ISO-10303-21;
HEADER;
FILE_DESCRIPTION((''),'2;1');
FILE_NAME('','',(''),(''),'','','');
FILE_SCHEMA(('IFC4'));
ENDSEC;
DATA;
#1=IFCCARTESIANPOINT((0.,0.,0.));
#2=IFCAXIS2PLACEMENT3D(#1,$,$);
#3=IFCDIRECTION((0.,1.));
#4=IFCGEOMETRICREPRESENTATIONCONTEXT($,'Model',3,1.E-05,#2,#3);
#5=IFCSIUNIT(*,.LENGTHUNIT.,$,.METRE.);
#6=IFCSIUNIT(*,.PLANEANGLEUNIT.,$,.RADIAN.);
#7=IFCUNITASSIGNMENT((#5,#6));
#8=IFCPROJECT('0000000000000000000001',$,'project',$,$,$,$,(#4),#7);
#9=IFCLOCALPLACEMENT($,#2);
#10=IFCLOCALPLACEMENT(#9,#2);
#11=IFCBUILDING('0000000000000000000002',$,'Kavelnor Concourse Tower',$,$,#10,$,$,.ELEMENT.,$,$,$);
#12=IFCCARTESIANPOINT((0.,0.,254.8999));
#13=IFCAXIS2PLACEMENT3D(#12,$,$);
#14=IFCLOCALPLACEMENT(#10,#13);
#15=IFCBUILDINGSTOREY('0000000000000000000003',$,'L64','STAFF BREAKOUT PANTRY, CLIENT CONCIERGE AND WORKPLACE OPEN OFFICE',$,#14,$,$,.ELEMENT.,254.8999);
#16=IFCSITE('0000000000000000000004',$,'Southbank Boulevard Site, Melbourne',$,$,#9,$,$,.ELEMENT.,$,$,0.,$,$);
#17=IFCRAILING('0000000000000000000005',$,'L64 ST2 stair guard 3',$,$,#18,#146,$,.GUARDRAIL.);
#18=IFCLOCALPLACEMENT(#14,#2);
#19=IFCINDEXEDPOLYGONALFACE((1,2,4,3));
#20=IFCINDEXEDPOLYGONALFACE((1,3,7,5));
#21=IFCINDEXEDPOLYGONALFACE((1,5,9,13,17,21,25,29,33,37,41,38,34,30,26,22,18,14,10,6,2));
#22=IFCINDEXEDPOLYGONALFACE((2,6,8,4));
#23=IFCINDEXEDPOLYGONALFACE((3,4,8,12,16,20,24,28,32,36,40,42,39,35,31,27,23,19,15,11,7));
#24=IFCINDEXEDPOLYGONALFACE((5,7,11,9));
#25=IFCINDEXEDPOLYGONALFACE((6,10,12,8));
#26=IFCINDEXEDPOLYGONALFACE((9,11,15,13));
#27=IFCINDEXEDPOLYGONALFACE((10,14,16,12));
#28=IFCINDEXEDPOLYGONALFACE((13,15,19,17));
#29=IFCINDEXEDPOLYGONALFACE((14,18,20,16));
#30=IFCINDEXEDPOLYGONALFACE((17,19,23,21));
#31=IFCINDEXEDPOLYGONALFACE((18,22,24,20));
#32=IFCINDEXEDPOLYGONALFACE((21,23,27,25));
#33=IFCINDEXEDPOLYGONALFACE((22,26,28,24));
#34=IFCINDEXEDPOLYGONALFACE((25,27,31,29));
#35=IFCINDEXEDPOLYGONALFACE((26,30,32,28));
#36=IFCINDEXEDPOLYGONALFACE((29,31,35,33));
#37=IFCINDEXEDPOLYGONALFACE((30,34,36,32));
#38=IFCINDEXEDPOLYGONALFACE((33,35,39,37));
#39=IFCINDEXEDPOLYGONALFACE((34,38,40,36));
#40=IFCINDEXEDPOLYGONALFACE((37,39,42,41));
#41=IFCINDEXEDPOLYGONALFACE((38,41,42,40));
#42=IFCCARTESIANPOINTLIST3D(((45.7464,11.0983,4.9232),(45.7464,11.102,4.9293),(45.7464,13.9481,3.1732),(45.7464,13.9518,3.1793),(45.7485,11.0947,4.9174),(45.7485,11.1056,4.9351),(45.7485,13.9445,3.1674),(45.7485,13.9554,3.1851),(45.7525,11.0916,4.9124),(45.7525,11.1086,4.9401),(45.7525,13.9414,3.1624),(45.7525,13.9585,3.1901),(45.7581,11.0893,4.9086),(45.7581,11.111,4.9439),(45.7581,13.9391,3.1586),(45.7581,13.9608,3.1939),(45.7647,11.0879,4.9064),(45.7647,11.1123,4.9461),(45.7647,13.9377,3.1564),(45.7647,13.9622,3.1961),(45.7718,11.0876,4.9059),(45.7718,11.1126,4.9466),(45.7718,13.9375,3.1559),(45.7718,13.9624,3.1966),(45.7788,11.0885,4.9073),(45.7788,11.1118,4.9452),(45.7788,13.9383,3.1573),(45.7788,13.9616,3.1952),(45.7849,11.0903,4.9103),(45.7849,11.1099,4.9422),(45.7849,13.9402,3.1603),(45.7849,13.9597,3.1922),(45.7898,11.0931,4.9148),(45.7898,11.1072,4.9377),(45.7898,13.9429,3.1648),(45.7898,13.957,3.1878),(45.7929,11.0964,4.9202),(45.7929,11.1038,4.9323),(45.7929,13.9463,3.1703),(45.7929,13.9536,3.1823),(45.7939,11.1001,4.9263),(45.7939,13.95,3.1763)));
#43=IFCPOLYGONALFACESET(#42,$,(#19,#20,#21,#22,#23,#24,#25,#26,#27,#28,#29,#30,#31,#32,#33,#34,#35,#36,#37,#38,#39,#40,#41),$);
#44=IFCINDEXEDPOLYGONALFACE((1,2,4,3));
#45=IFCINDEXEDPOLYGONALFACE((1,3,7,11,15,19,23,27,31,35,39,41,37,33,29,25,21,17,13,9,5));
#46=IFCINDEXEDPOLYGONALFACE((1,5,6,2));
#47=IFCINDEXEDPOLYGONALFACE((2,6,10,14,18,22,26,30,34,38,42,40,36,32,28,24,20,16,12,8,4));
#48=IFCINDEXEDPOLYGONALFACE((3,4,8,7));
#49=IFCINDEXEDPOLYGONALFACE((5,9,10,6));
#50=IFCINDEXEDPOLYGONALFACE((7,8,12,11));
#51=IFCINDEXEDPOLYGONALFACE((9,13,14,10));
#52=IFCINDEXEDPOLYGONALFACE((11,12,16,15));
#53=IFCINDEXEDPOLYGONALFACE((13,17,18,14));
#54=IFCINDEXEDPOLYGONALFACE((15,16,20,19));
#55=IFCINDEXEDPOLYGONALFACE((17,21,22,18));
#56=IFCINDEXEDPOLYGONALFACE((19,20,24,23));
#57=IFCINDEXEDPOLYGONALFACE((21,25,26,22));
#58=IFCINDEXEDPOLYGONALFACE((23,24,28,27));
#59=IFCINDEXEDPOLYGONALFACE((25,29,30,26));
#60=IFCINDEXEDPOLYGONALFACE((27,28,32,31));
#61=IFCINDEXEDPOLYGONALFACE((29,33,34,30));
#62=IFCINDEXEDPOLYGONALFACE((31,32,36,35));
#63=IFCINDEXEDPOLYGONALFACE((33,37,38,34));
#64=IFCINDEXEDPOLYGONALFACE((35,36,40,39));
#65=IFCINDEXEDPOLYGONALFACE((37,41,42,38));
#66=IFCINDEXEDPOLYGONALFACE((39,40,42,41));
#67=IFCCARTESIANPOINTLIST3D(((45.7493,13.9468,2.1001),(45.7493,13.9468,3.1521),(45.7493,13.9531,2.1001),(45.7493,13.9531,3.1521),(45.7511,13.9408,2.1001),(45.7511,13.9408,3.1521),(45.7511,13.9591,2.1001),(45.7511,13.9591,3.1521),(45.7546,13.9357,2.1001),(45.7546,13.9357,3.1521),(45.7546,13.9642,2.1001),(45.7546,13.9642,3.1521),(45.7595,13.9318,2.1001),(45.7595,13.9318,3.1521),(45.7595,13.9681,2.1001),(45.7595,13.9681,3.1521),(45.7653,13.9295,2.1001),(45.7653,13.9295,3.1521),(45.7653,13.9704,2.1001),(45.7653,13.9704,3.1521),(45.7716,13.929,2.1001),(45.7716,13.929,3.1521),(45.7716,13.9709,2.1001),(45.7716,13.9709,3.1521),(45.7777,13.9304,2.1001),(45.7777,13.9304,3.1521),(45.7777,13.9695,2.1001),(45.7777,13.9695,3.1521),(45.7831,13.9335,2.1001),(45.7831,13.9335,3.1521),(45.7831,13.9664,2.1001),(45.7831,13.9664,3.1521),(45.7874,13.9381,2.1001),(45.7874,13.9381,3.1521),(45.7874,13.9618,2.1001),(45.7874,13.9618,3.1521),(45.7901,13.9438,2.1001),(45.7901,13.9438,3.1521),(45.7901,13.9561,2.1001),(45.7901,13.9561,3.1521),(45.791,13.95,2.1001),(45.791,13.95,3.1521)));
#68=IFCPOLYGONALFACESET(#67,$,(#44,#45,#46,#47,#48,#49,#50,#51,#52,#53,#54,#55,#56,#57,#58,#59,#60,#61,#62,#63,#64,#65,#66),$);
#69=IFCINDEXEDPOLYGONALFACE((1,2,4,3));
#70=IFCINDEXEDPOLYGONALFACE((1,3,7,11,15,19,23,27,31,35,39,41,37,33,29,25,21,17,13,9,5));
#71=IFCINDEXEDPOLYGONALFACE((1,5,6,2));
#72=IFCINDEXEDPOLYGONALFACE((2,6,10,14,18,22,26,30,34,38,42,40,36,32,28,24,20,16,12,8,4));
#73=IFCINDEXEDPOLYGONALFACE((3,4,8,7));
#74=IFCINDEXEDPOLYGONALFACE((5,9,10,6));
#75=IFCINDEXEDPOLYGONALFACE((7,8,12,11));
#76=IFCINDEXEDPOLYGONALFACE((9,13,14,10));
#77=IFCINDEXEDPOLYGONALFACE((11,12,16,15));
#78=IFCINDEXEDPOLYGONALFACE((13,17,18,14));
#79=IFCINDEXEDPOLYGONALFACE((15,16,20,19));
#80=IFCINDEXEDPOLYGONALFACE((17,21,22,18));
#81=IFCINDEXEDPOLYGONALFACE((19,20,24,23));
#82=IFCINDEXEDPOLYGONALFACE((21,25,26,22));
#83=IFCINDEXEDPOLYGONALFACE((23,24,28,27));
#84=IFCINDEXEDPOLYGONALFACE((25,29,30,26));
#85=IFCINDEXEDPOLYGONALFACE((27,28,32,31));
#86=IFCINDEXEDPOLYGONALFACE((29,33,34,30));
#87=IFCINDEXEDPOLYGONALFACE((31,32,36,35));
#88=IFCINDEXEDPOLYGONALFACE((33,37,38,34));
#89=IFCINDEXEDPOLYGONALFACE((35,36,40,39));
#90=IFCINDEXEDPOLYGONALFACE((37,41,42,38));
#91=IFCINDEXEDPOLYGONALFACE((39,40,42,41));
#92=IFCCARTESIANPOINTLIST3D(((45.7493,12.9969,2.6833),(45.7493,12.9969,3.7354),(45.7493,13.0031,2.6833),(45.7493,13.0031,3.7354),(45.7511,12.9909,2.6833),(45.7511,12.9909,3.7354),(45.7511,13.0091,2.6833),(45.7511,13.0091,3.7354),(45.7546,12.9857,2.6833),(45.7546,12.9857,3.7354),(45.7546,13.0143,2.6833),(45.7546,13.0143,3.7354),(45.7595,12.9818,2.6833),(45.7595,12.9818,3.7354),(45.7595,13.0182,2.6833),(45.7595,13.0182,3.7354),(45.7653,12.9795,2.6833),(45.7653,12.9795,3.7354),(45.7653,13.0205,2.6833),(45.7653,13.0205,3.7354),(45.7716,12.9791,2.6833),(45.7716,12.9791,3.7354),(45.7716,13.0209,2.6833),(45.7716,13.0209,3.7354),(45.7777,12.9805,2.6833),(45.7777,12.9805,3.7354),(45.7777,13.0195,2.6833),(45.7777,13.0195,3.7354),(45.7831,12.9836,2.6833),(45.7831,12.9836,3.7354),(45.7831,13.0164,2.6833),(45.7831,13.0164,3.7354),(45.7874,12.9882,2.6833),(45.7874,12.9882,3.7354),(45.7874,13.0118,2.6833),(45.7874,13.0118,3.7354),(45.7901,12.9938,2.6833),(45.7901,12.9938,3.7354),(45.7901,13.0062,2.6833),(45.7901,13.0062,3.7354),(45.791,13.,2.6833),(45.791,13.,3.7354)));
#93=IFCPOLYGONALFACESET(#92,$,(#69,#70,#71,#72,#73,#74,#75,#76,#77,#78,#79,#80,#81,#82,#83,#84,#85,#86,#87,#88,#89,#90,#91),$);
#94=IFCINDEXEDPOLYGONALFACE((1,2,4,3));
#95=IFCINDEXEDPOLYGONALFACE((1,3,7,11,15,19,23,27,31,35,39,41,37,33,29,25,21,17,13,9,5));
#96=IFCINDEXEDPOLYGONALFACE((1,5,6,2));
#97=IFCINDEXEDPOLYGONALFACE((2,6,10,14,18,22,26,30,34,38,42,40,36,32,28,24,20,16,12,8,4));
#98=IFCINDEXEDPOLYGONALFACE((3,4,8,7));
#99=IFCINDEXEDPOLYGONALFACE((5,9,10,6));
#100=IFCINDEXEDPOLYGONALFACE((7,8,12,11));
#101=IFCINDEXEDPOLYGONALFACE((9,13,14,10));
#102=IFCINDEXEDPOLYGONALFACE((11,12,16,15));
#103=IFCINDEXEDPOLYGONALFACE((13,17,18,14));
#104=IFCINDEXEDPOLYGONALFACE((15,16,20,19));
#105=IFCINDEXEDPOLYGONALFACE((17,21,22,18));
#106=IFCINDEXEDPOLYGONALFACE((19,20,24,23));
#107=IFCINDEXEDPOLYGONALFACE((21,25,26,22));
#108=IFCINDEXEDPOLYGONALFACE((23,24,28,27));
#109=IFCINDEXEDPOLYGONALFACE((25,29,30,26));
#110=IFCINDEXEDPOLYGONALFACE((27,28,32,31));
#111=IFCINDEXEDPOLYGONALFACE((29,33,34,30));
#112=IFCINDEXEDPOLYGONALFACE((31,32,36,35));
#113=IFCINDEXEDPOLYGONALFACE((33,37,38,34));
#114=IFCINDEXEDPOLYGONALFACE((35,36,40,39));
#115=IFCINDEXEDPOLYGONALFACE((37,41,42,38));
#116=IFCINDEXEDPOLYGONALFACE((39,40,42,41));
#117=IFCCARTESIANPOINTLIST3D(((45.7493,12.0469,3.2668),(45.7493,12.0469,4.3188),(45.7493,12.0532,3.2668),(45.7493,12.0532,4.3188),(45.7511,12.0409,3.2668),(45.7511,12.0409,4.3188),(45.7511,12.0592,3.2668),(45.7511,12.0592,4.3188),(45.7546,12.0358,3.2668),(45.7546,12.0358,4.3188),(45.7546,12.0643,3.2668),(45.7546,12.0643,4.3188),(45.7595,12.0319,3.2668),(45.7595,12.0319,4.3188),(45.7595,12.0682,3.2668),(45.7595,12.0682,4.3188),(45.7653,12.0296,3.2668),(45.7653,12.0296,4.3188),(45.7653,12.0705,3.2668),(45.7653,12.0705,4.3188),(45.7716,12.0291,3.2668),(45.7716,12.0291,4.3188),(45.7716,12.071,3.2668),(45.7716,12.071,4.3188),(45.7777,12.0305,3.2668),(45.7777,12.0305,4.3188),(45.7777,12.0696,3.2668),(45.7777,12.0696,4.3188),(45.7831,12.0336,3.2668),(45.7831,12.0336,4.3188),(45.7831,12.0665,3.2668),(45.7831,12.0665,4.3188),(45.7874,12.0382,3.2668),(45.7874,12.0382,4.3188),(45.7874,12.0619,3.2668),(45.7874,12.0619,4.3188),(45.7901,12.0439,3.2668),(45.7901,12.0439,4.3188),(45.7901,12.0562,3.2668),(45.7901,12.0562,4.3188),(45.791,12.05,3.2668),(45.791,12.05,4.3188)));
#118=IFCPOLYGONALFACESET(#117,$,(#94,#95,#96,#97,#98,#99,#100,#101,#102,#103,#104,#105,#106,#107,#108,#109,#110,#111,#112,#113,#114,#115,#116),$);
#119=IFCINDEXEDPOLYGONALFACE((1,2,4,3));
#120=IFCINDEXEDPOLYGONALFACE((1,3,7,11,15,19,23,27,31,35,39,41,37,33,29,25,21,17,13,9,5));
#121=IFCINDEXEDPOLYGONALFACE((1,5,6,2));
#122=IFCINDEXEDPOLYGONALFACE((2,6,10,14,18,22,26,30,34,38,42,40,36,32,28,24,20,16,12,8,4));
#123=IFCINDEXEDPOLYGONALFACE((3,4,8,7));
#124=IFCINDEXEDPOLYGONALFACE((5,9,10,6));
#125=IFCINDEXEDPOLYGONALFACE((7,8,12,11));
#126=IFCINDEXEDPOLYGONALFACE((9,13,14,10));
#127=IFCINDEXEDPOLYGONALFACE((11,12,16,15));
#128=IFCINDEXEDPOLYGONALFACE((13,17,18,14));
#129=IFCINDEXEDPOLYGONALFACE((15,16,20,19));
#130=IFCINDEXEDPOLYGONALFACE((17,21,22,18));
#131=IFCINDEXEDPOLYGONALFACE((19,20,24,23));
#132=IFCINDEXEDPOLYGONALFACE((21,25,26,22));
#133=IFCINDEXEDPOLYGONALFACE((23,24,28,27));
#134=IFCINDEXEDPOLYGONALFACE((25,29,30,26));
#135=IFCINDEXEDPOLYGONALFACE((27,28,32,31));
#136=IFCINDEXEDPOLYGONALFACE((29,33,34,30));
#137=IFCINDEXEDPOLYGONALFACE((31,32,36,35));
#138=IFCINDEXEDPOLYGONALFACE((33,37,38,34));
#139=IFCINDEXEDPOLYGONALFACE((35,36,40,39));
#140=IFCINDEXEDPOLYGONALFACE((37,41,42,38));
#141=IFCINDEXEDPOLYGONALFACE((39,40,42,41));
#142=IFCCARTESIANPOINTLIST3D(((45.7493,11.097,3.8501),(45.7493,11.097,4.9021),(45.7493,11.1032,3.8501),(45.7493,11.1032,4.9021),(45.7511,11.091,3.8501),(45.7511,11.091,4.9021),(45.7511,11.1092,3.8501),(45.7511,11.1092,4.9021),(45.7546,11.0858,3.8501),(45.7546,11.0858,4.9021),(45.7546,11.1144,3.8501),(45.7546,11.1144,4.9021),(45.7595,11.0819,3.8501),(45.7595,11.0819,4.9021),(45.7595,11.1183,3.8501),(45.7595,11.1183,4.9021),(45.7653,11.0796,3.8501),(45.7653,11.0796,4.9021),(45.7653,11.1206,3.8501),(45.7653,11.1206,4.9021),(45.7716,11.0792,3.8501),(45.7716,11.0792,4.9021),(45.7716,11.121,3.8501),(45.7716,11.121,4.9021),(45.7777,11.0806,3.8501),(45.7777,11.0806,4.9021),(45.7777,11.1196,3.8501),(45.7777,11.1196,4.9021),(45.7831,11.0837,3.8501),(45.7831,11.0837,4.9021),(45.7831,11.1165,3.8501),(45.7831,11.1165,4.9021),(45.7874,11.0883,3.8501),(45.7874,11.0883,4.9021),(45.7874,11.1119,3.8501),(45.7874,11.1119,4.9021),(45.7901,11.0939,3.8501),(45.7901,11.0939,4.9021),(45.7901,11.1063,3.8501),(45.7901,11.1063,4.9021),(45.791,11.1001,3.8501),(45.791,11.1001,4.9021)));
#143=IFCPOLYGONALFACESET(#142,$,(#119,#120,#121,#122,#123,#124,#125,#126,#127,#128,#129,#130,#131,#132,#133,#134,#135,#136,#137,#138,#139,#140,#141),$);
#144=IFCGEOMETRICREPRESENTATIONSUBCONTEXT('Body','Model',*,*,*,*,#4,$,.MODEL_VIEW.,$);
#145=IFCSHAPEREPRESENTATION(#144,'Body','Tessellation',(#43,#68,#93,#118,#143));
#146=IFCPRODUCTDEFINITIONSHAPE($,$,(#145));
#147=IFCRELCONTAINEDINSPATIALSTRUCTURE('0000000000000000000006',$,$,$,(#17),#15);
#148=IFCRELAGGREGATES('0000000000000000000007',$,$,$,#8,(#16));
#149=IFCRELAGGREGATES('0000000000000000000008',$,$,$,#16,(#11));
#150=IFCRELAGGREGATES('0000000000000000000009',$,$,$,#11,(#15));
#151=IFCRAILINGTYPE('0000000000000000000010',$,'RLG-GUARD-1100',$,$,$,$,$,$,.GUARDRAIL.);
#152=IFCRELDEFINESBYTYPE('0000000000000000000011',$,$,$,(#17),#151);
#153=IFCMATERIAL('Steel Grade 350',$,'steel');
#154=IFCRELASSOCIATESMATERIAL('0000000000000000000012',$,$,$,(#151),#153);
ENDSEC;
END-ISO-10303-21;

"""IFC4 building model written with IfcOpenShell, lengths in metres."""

from ifc_helpers import new_model, si_unit, direction, frame, origin, origin_2d, place, context, subcontext, project, spatial, circle, extrude, material, type_object, element, save


model = new_model("IFC4")

# Units and contexts
model_context = context("Model", 3, precision=1e-05, world=origin(), true_north=direction((0.0, 1.0)))
body_context = subcontext(model_context, "Body", "Model", "MODEL_VIEW")
ifc_project = project(units=[si_unit("LENGTHUNIT", "METRE"), si_unit("PLANEANGLEUNIT", "RADIAN")], contexts=[model_context])

# Site, building, storey
site_placement = place(None, origin())
site = spatial("IfcSite", under=ifc_project, at=site_placement, Name="Southbank Boulevard Site, Melbourne", CompositionType="ELEMENT", RefElevation=0.0)
building_placement = place(site_placement, origin())
building = spatial("IfcBuilding", under=site, at=building_placement, Name="Kavelnor Concourse Tower", CompositionType="ELEMENT")
storey_placement = place(building_placement, frame((0.0, 0.0, 254.8999)))
storey = spatial("IfcBuildingStorey", under=building, at=storey_placement, Name="L64", Description="STAFF BREAKOUT PANTRY, CLIENT CONCIERGE AND WORKPLACE OPEN OFFICE", CompositionType="ELEMENT", Elevation=254.8999)

# Shared definitions
ifc_material_1 = material(Name="Steel Grade 350", Category="steel")

# Railing
railing_type_1 = type_object("IfcRailingType", Name="RLG-GUARD-1100", PredefinedType="GUARDRAIL", material=ifc_material_1)
railing_1_placement = place(storey_placement, frame((45.77, 13.95, 2.1001)))
element("IfcRailing", 1, at=railing_1_placement, inside=storey, type_object=railing_type_1, Name="L64 ST2 stair guard 3", PredefinedType="GUARDRAIL", context=body_context, shape_type="SweptSolid", body=[
    extrude(circle(Radius=0.0239, at=origin_2d()), frame((0.0, 0.0, 1.0762), z_axis=(0.0, -0.852159, 0.523283), x_axis=(1.0, 0.0, 0.0)), (0.0, 0.0, 1.0), 3.3442),
    extrude(circle(Radius=0.021, at=origin_2d()), origin(), (0.0, 0.0, 1.0), 1.052),
    extrude(circle(Radius=0.021, at=origin_2d()), frame((0.0, -0.95, 0.5833)), (0.0, 0.0, 1.0), 1.052),
    extrude(circle(Radius=0.021, at=origin_2d()), frame((0.0, -1.8999, 1.1667)), (0.0, 0.0, 1.0), 1.052),
    extrude(circle(Radius=0.021, at=origin_2d()), frame((0.0, -2.8499, 1.75)), (0.0, 0.0, 1.0), 1.052),
])

save(model, "model.ifc")
